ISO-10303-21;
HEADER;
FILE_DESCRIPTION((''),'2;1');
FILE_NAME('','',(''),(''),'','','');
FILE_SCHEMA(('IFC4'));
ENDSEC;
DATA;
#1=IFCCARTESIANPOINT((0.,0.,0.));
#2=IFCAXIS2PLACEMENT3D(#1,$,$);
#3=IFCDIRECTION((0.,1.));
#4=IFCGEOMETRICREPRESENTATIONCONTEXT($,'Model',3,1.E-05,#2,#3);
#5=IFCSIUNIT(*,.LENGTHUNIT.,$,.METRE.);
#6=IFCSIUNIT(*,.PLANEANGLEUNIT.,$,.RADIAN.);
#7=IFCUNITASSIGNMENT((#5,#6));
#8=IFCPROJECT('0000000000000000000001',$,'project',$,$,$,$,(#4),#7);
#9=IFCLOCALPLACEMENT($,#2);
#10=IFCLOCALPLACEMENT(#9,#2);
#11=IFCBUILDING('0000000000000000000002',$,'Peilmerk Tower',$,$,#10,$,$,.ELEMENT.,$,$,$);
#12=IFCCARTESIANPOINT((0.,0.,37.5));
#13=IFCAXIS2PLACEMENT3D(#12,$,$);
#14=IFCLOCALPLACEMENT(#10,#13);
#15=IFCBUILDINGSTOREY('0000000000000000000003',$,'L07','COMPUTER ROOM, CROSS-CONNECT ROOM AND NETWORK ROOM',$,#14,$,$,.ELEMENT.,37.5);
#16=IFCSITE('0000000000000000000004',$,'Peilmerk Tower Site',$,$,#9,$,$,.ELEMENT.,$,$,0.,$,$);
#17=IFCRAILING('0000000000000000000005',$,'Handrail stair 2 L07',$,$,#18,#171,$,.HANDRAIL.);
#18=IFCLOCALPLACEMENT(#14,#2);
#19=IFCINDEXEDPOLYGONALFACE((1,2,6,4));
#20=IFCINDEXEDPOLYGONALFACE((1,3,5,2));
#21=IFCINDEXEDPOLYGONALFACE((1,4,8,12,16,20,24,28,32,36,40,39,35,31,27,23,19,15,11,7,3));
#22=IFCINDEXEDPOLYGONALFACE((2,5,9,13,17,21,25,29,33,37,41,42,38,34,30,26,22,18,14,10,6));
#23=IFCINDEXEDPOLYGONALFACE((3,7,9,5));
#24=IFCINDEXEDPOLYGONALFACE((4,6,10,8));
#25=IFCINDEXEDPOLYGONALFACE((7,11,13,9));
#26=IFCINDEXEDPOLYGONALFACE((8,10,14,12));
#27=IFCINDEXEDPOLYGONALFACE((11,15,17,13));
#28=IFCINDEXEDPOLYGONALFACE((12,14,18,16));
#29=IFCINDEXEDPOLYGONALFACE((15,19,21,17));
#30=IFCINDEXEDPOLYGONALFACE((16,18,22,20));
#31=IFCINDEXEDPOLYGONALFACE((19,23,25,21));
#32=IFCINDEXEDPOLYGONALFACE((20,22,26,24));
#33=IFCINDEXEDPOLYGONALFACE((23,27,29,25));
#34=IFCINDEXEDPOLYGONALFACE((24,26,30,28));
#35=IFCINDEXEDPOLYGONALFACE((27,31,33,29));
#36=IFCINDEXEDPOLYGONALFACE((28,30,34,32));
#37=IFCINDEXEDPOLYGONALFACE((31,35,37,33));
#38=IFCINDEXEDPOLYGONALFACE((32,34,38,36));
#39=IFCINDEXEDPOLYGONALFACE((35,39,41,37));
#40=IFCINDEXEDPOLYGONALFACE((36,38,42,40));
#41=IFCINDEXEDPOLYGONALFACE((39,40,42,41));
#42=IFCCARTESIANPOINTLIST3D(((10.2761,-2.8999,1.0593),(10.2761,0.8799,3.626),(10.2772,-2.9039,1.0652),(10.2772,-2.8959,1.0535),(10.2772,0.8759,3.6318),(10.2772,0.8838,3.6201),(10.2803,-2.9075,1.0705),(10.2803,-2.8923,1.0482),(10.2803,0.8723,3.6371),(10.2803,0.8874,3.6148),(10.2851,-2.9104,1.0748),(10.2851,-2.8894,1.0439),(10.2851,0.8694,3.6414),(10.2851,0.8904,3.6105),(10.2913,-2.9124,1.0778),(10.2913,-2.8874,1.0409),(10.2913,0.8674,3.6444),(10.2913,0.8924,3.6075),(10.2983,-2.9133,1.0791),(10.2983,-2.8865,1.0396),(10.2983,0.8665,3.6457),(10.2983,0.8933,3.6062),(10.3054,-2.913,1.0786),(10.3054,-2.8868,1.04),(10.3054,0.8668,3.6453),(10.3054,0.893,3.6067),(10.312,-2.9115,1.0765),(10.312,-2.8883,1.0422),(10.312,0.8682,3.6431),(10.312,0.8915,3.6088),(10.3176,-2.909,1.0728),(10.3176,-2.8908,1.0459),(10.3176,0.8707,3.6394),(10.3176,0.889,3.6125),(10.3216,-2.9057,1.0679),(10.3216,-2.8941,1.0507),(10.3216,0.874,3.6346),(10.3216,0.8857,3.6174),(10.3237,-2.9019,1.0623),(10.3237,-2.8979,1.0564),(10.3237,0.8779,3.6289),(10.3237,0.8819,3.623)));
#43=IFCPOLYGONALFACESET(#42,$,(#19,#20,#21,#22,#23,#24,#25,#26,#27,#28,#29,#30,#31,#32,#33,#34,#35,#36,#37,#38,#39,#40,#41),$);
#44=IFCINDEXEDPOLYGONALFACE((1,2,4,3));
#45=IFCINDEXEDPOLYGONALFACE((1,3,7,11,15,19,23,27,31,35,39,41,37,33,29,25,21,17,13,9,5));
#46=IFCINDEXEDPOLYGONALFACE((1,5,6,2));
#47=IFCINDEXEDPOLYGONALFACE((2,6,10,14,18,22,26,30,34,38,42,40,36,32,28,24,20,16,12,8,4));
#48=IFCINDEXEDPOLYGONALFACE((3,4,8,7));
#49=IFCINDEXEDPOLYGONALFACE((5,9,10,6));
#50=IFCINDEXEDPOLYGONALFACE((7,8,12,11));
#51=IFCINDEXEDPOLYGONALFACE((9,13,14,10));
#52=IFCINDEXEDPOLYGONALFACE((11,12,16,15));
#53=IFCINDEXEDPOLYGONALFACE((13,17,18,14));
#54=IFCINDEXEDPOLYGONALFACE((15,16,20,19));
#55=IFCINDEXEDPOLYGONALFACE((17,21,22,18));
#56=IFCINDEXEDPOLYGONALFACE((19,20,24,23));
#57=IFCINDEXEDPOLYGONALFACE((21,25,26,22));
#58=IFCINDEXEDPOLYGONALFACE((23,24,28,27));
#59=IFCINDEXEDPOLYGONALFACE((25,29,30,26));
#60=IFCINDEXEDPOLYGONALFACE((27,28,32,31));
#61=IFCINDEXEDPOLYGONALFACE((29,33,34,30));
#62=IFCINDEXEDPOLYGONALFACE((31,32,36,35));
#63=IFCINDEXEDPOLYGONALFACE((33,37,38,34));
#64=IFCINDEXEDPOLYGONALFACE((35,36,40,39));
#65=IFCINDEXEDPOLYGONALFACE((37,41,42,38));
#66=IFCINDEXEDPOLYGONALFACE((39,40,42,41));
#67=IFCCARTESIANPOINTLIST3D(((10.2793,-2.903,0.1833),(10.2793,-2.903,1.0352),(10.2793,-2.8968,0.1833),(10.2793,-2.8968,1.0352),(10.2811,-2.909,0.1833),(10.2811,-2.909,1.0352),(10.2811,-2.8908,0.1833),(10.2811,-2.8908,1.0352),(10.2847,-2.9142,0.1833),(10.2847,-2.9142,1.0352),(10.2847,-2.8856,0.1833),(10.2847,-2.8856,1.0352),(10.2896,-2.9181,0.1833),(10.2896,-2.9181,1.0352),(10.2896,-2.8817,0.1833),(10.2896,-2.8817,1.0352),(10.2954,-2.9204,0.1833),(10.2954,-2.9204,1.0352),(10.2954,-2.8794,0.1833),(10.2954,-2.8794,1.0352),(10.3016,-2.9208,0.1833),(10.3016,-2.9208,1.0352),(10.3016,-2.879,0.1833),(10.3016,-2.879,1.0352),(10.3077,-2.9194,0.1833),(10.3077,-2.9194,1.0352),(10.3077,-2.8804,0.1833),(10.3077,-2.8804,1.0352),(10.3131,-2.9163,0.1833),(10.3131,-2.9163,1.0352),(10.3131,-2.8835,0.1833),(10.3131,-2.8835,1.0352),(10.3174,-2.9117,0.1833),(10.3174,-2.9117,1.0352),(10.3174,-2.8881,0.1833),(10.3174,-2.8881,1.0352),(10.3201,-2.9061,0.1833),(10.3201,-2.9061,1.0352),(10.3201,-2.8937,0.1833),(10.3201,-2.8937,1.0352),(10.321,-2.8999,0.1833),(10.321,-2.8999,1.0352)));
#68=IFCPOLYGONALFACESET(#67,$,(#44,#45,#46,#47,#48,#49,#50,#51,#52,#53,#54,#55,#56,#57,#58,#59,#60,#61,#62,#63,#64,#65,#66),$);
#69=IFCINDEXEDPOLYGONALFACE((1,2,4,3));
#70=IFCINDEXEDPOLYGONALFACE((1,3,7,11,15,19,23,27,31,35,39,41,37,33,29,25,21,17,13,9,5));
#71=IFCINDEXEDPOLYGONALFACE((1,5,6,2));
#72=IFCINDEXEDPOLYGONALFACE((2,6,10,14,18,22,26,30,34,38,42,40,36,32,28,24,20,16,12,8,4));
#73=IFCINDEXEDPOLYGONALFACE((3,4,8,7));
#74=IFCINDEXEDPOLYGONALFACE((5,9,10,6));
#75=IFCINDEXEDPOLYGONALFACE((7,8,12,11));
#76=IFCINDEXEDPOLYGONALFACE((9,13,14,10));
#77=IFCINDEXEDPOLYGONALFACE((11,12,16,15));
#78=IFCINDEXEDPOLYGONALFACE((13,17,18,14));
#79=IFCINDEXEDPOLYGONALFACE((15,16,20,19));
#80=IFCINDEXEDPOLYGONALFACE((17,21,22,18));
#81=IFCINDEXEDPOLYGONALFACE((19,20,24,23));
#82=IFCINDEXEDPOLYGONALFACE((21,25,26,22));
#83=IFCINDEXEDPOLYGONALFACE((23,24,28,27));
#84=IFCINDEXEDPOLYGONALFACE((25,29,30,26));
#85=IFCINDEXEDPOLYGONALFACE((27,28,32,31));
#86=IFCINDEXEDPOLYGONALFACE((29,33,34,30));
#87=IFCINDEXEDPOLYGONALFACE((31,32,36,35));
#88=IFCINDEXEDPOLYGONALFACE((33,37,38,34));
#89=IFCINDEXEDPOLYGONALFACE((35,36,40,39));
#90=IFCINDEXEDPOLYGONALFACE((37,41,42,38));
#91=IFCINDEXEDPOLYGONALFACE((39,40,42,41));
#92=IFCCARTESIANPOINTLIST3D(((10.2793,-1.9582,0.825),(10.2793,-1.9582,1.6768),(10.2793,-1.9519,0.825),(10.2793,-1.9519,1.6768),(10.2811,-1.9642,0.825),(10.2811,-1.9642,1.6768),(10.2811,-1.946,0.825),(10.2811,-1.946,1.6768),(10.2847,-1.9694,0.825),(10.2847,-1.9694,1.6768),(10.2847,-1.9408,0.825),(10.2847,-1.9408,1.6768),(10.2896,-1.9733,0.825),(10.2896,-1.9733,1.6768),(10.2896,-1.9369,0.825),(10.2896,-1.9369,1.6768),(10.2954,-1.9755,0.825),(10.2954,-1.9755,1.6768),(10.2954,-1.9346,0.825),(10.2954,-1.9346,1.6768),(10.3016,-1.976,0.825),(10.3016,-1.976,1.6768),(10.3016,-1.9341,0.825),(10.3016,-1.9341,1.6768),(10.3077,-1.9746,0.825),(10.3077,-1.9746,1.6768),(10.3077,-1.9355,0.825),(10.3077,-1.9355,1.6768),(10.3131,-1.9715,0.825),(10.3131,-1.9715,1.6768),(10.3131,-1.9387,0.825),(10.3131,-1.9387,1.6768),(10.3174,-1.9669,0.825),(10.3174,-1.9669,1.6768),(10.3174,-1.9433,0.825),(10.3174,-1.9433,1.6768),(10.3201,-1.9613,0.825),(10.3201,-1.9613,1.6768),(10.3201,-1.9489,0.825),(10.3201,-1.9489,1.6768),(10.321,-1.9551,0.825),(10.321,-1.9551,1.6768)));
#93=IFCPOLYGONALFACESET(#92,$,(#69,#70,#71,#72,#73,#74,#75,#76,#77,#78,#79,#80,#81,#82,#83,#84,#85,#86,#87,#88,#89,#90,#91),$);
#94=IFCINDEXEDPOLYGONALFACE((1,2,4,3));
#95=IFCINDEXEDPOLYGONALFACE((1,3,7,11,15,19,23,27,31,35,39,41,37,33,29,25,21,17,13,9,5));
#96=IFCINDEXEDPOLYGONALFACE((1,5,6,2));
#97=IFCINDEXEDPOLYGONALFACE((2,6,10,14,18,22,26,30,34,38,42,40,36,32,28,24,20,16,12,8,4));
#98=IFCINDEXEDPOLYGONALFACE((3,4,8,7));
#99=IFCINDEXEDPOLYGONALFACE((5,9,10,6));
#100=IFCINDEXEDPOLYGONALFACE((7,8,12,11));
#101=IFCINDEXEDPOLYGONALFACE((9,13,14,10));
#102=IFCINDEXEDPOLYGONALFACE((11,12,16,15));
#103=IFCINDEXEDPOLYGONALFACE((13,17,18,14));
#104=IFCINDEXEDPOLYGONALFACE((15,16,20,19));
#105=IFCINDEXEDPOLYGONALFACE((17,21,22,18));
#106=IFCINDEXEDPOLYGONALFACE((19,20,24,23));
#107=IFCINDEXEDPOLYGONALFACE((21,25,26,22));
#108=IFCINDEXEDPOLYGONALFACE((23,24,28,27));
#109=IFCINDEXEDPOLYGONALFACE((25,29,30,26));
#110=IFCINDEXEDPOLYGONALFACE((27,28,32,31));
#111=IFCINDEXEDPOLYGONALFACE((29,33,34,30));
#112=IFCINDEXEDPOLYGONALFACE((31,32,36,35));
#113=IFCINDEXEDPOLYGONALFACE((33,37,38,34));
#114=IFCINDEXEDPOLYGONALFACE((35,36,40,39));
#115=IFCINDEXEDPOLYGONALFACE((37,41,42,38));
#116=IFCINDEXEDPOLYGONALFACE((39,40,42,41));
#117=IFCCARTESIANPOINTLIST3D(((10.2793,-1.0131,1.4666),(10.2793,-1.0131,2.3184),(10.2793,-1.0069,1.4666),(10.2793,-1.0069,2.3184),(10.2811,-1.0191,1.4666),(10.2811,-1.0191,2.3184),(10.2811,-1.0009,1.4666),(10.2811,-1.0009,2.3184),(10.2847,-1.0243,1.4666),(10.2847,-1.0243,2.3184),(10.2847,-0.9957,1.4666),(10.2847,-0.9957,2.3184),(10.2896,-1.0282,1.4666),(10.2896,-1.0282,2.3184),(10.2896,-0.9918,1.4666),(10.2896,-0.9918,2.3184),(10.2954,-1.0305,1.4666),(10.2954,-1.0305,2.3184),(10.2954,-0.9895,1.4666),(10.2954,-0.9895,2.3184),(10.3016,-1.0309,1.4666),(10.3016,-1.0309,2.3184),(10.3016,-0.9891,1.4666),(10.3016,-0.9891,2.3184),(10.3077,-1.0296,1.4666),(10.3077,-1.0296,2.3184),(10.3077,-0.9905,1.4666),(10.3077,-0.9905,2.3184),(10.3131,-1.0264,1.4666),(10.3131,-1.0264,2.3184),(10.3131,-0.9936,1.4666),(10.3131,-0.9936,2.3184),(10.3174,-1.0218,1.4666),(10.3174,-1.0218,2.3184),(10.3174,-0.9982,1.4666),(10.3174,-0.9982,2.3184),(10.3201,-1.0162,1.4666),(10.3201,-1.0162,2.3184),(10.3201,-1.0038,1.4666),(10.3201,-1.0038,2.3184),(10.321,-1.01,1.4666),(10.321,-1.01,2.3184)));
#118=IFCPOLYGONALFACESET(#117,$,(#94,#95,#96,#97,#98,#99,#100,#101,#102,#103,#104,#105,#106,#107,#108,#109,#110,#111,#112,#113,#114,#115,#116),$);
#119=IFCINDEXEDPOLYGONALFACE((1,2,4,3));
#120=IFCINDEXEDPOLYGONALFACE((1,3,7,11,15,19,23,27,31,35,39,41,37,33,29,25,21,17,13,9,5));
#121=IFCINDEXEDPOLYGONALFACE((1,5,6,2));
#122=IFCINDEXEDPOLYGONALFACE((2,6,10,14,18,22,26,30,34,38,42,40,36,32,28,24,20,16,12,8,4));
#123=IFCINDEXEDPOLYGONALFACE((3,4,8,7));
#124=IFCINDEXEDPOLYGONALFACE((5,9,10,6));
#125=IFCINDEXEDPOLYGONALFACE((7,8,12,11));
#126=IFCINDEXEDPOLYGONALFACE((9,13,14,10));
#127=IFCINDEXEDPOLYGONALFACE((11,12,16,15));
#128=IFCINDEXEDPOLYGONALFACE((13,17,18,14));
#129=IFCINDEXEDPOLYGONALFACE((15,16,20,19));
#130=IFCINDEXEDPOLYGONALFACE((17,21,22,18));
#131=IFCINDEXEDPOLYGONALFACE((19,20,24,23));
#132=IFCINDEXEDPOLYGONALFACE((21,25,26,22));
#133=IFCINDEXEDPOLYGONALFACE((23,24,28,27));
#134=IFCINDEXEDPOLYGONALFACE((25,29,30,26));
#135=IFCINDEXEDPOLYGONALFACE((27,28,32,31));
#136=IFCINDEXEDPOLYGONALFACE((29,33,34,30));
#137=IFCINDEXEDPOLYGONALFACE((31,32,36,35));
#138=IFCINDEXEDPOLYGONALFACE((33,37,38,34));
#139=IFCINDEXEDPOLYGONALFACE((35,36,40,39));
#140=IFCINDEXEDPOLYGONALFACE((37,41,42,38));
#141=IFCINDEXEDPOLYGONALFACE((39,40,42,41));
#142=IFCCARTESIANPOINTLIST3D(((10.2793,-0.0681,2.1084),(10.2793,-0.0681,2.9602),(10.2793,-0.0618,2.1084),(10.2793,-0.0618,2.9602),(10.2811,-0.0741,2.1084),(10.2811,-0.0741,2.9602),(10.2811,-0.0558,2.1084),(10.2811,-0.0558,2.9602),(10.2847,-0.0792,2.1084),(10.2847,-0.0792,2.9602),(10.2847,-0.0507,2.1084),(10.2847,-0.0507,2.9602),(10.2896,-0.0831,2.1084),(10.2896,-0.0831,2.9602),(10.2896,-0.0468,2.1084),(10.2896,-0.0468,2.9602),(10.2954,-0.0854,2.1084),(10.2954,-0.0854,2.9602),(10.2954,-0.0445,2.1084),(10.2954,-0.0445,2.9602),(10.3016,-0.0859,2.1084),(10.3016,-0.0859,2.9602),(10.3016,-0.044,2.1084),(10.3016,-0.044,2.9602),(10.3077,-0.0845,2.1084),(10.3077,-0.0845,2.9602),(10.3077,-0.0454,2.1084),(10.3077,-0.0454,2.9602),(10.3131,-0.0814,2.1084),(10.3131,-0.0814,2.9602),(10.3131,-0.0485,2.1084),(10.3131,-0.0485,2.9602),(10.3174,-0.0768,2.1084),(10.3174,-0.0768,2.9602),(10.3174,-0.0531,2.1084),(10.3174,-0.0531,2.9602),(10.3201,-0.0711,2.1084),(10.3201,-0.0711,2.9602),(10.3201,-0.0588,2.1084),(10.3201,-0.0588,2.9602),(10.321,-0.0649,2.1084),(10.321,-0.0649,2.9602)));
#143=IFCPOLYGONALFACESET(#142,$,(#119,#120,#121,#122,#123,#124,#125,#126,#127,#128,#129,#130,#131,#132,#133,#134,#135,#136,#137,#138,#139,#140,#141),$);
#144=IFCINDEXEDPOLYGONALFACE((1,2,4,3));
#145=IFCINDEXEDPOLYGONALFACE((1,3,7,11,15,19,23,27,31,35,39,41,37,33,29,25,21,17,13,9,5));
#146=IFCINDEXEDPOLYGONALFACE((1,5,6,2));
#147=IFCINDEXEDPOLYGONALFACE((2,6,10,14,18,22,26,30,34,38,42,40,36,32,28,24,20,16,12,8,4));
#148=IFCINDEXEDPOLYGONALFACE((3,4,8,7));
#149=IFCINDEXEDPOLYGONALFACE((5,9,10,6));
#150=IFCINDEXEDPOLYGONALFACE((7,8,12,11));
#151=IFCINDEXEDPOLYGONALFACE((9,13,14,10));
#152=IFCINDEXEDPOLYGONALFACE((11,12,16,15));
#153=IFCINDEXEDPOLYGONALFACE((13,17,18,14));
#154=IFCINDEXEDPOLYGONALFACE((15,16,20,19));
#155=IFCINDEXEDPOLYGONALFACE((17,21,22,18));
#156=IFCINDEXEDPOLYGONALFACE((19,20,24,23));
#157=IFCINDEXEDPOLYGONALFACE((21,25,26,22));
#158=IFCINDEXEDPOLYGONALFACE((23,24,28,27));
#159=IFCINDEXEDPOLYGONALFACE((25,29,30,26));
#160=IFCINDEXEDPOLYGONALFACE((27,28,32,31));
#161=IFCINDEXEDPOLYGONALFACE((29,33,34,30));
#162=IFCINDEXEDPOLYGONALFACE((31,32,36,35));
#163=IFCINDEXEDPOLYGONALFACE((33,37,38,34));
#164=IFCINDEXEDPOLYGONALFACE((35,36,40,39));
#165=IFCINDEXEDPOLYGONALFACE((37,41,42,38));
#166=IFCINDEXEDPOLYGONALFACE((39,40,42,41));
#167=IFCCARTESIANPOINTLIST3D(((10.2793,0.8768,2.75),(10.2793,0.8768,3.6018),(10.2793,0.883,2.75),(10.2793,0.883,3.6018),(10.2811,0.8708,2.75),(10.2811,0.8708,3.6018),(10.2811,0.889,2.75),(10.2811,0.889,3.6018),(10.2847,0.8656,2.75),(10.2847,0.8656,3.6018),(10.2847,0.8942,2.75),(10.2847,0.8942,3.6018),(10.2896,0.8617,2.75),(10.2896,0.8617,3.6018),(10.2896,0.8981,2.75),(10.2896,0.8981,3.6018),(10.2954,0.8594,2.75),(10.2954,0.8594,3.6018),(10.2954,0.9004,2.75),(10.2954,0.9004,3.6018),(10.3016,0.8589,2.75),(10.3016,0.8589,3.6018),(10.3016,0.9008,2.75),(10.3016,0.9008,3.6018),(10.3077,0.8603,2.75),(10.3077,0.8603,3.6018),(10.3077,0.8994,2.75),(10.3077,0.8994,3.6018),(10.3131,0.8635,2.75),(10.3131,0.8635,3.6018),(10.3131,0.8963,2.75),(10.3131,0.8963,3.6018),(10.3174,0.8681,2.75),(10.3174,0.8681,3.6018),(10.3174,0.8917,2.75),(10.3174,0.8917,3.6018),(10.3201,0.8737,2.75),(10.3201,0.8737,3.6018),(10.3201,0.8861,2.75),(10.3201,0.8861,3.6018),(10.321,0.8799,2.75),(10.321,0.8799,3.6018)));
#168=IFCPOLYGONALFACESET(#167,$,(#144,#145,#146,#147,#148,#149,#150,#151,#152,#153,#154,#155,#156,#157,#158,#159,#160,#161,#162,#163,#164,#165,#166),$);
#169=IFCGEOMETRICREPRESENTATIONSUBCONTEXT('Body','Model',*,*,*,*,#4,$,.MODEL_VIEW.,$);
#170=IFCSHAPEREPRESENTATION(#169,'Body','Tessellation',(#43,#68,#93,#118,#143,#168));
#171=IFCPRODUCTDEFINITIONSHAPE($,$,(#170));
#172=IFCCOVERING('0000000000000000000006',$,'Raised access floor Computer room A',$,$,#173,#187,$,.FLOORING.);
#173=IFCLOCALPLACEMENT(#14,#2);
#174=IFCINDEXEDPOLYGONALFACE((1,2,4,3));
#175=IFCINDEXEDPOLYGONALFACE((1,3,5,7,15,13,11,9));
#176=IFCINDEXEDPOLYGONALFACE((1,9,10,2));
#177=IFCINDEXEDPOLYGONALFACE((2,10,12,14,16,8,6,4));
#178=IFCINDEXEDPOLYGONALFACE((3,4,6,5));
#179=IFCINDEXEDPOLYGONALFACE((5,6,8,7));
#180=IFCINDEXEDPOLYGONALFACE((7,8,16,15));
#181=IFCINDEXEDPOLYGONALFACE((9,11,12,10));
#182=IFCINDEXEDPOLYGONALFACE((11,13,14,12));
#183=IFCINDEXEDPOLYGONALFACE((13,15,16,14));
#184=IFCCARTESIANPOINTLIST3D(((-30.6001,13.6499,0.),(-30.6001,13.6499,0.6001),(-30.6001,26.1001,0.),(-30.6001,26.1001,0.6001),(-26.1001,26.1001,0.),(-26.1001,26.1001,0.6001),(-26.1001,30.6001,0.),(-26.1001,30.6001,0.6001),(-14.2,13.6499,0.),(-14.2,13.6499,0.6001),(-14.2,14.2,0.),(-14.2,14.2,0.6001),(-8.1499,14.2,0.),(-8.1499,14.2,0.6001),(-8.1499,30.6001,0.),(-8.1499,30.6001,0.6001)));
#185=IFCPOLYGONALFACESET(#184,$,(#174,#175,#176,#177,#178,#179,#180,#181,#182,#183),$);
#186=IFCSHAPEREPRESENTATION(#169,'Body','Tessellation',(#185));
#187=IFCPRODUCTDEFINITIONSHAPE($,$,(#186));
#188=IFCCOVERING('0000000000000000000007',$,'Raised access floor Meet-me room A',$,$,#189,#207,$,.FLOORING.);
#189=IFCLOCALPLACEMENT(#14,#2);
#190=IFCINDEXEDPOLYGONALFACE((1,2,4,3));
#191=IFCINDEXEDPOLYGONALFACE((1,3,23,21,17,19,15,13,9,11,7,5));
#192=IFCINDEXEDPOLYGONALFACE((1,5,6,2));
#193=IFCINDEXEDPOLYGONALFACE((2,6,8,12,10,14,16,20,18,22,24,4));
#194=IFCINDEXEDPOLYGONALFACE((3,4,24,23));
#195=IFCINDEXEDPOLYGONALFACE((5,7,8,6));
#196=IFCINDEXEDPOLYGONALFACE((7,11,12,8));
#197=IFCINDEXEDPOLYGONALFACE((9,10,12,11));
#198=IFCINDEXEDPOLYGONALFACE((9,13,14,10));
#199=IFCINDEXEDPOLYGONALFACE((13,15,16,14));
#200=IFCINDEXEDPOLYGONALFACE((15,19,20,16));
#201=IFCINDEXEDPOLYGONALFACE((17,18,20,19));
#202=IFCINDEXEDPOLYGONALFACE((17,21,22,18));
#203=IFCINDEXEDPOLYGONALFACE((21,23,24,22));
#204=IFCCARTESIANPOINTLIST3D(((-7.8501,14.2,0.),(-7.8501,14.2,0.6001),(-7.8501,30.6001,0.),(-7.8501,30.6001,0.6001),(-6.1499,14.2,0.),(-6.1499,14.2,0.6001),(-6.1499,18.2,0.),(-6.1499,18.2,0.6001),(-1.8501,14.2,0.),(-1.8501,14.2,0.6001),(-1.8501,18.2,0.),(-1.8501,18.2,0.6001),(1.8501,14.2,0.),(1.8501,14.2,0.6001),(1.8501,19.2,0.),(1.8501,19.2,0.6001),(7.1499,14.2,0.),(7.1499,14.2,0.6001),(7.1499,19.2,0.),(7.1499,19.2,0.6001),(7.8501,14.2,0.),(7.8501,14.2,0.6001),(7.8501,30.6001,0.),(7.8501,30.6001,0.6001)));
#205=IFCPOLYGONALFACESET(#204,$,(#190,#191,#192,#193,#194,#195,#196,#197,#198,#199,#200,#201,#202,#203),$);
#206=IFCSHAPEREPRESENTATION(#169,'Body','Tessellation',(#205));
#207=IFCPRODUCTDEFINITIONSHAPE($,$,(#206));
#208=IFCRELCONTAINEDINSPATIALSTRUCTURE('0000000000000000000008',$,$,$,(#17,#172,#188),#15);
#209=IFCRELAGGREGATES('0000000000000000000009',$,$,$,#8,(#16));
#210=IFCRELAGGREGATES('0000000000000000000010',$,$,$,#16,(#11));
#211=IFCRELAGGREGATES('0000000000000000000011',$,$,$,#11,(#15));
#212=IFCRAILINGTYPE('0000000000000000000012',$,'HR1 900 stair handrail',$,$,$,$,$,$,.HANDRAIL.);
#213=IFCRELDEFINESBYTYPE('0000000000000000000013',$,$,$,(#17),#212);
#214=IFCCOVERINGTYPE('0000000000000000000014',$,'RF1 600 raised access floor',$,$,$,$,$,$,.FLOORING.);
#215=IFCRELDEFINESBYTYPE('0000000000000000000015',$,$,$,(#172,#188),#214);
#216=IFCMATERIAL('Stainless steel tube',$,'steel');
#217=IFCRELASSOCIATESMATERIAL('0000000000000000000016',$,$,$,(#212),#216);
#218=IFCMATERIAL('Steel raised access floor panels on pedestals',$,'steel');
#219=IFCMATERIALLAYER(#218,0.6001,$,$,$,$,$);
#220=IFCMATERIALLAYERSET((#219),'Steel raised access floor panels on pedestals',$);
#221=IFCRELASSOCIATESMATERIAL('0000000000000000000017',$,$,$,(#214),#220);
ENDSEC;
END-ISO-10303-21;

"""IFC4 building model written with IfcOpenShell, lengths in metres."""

from ifc_helpers import new_model, si_unit, direction, frame, origin, origin_2d, place, context, subcontext, project, spatial, polyline, circle, outline, extrude, material, layer, layer_set, type_object, element, save


model = new_model("IFC4")

# Units and contexts
model_context = context("Model", 3, precision=1e-05, world=origin(), true_north=direction((0.0, 1.0)))
body_context = subcontext(model_context, "Body", "Model", "MODEL_VIEW")
ifc_project = project(units=[si_unit("LENGTHUNIT", "METRE"), si_unit("PLANEANGLEUNIT", "RADIAN")], contexts=[model_context])

# Site, building, storey
site_placement = place(None, origin())
site = spatial("IfcSite", under=ifc_project, at=site_placement, Name="Peilmerk Tower Site", CompositionType="ELEMENT", RefElevation=0.0)
building_placement = place(site_placement, origin())
building = spatial("IfcBuilding", under=site, at=building_placement, Name="Peilmerk Tower", CompositionType="ELEMENT")
storey_placement = place(building_placement, frame((0.0, 0.0, 37.5)))
storey = spatial("IfcBuildingStorey", under=building, at=storey_placement, Name="L07", Description="COMPUTER ROOM, CROSS-CONNECT ROOM AND NETWORK ROOM", CompositionType="ELEMENT", Elevation=37.5)

# Railing
ifc_material_1 = material(Name="Stainless steel tube", Category="steel")
railing_type_1 = type_object("IfcRailingType", Name="HR1 900 stair handrail", PredefinedType="HANDRAIL", material=ifc_material_1)
railing_1_placement = place(storey_placement, frame((10.3, -2.8999, 0.1833)))
element("IfcRailing", 1, at=railing_1_placement, inside=storey, type_object=railing_type_1, Name="Handrail stair 2 L07", PredefinedType="HANDRAIL", context=body_context, shape_type="SweptSolid", body=[
    extrude(circle(Radius=0.0239, at=origin_2d()), frame((0.0, 0.0, 0.876), z_axis=(0.0, 0.827293, 0.561771), x_axis=(-1.0, 0.0, 0.0)), (0.0, 0.0, 1.0), 4.5688),
    extrude(circle(Radius=0.021, at=origin_2d()), origin(), (0.0, 0.0, 1.0), 0.8518),
    extrude(circle(Radius=0.021, at=origin_2d()), frame((0.0, 0.9448, 0.6416)), (0.0, 0.0, 1.0), 0.8518),
    extrude(circle(Radius=0.021, at=origin_2d()), frame((0.0, 1.8899, 1.2832)), (0.0, 0.0, 1.0), 0.8518),
    extrude(circle(Radius=0.021, at=origin_2d()), frame((0.0, 2.835, 1.925)), (0.0, 0.0, 1.0), 0.8518),
    extrude(circle(Radius=0.021, at=origin_2d()), frame((0.0, 3.7798, 2.5667)), (0.0, 0.0, 1.0), 0.8518),
])

# Coverings
ifc_material_2 = material(Name="Steel raised access floor panels on pedestals", Category="steel")
ifc_layer_1 = layer(ifc_material_2, 0.6001)
ifc_layer_set_1 = layer_set([ifc_layer_1], Name="Steel raised access floor panels on pedestals")
covering_type = type_object("IfcCoveringType", Name="RF1 600 raised access floor", PredefinedType="FLOORING", material=ifc_layer_set_1)
covering_1_placement = place(storey_placement, origin())
element("IfcCovering", 2, at=covering_1_placement, inside=storey, type_object=covering_type, Name="Raised access floor Computer room A", PredefinedType="FLOORING", context=body_context, shape_type="SweptSolid", body=[
    extrude(outline(polyline([(-30.6001, 26.1001), (-30.6001, 13.6499), (-14.2, 13.6499), (-14.2, 14.2), (-8.1499, 14.2), (-8.1499, 30.6001), (-26.1001, 30.6001), (-26.1001, 26.1001), (-30.6001, 26.1001)])), origin(), (0.0, 0.0, 1.0), 0.6001),
])
covering_2_placement = place(storey_placement, origin())
element("IfcCovering", 3, at=covering_2_placement, inside=storey, type_object=covering_type, Name="Raised access floor Meet-me room A", PredefinedType="FLOORING", context=body_context, shape_type="SweptSolid", body=[
    extrude(outline(polyline([(7.8501, 14.2), (7.8501, 30.6001), (-7.8501, 30.6001), (-7.8501, 14.2), (-6.1499, 14.2), (-6.1499, 18.2), (-1.8501, 18.2), (-1.8501, 14.2), (1.8501, 14.2), (1.8501, 19.2), (7.1499, 19.2), (7.1499, 14.2), (7.8501, 14.2)])), origin(), (0.0, 0.0, 1.0), 0.6001),
])

save(model, "model.ifc")
